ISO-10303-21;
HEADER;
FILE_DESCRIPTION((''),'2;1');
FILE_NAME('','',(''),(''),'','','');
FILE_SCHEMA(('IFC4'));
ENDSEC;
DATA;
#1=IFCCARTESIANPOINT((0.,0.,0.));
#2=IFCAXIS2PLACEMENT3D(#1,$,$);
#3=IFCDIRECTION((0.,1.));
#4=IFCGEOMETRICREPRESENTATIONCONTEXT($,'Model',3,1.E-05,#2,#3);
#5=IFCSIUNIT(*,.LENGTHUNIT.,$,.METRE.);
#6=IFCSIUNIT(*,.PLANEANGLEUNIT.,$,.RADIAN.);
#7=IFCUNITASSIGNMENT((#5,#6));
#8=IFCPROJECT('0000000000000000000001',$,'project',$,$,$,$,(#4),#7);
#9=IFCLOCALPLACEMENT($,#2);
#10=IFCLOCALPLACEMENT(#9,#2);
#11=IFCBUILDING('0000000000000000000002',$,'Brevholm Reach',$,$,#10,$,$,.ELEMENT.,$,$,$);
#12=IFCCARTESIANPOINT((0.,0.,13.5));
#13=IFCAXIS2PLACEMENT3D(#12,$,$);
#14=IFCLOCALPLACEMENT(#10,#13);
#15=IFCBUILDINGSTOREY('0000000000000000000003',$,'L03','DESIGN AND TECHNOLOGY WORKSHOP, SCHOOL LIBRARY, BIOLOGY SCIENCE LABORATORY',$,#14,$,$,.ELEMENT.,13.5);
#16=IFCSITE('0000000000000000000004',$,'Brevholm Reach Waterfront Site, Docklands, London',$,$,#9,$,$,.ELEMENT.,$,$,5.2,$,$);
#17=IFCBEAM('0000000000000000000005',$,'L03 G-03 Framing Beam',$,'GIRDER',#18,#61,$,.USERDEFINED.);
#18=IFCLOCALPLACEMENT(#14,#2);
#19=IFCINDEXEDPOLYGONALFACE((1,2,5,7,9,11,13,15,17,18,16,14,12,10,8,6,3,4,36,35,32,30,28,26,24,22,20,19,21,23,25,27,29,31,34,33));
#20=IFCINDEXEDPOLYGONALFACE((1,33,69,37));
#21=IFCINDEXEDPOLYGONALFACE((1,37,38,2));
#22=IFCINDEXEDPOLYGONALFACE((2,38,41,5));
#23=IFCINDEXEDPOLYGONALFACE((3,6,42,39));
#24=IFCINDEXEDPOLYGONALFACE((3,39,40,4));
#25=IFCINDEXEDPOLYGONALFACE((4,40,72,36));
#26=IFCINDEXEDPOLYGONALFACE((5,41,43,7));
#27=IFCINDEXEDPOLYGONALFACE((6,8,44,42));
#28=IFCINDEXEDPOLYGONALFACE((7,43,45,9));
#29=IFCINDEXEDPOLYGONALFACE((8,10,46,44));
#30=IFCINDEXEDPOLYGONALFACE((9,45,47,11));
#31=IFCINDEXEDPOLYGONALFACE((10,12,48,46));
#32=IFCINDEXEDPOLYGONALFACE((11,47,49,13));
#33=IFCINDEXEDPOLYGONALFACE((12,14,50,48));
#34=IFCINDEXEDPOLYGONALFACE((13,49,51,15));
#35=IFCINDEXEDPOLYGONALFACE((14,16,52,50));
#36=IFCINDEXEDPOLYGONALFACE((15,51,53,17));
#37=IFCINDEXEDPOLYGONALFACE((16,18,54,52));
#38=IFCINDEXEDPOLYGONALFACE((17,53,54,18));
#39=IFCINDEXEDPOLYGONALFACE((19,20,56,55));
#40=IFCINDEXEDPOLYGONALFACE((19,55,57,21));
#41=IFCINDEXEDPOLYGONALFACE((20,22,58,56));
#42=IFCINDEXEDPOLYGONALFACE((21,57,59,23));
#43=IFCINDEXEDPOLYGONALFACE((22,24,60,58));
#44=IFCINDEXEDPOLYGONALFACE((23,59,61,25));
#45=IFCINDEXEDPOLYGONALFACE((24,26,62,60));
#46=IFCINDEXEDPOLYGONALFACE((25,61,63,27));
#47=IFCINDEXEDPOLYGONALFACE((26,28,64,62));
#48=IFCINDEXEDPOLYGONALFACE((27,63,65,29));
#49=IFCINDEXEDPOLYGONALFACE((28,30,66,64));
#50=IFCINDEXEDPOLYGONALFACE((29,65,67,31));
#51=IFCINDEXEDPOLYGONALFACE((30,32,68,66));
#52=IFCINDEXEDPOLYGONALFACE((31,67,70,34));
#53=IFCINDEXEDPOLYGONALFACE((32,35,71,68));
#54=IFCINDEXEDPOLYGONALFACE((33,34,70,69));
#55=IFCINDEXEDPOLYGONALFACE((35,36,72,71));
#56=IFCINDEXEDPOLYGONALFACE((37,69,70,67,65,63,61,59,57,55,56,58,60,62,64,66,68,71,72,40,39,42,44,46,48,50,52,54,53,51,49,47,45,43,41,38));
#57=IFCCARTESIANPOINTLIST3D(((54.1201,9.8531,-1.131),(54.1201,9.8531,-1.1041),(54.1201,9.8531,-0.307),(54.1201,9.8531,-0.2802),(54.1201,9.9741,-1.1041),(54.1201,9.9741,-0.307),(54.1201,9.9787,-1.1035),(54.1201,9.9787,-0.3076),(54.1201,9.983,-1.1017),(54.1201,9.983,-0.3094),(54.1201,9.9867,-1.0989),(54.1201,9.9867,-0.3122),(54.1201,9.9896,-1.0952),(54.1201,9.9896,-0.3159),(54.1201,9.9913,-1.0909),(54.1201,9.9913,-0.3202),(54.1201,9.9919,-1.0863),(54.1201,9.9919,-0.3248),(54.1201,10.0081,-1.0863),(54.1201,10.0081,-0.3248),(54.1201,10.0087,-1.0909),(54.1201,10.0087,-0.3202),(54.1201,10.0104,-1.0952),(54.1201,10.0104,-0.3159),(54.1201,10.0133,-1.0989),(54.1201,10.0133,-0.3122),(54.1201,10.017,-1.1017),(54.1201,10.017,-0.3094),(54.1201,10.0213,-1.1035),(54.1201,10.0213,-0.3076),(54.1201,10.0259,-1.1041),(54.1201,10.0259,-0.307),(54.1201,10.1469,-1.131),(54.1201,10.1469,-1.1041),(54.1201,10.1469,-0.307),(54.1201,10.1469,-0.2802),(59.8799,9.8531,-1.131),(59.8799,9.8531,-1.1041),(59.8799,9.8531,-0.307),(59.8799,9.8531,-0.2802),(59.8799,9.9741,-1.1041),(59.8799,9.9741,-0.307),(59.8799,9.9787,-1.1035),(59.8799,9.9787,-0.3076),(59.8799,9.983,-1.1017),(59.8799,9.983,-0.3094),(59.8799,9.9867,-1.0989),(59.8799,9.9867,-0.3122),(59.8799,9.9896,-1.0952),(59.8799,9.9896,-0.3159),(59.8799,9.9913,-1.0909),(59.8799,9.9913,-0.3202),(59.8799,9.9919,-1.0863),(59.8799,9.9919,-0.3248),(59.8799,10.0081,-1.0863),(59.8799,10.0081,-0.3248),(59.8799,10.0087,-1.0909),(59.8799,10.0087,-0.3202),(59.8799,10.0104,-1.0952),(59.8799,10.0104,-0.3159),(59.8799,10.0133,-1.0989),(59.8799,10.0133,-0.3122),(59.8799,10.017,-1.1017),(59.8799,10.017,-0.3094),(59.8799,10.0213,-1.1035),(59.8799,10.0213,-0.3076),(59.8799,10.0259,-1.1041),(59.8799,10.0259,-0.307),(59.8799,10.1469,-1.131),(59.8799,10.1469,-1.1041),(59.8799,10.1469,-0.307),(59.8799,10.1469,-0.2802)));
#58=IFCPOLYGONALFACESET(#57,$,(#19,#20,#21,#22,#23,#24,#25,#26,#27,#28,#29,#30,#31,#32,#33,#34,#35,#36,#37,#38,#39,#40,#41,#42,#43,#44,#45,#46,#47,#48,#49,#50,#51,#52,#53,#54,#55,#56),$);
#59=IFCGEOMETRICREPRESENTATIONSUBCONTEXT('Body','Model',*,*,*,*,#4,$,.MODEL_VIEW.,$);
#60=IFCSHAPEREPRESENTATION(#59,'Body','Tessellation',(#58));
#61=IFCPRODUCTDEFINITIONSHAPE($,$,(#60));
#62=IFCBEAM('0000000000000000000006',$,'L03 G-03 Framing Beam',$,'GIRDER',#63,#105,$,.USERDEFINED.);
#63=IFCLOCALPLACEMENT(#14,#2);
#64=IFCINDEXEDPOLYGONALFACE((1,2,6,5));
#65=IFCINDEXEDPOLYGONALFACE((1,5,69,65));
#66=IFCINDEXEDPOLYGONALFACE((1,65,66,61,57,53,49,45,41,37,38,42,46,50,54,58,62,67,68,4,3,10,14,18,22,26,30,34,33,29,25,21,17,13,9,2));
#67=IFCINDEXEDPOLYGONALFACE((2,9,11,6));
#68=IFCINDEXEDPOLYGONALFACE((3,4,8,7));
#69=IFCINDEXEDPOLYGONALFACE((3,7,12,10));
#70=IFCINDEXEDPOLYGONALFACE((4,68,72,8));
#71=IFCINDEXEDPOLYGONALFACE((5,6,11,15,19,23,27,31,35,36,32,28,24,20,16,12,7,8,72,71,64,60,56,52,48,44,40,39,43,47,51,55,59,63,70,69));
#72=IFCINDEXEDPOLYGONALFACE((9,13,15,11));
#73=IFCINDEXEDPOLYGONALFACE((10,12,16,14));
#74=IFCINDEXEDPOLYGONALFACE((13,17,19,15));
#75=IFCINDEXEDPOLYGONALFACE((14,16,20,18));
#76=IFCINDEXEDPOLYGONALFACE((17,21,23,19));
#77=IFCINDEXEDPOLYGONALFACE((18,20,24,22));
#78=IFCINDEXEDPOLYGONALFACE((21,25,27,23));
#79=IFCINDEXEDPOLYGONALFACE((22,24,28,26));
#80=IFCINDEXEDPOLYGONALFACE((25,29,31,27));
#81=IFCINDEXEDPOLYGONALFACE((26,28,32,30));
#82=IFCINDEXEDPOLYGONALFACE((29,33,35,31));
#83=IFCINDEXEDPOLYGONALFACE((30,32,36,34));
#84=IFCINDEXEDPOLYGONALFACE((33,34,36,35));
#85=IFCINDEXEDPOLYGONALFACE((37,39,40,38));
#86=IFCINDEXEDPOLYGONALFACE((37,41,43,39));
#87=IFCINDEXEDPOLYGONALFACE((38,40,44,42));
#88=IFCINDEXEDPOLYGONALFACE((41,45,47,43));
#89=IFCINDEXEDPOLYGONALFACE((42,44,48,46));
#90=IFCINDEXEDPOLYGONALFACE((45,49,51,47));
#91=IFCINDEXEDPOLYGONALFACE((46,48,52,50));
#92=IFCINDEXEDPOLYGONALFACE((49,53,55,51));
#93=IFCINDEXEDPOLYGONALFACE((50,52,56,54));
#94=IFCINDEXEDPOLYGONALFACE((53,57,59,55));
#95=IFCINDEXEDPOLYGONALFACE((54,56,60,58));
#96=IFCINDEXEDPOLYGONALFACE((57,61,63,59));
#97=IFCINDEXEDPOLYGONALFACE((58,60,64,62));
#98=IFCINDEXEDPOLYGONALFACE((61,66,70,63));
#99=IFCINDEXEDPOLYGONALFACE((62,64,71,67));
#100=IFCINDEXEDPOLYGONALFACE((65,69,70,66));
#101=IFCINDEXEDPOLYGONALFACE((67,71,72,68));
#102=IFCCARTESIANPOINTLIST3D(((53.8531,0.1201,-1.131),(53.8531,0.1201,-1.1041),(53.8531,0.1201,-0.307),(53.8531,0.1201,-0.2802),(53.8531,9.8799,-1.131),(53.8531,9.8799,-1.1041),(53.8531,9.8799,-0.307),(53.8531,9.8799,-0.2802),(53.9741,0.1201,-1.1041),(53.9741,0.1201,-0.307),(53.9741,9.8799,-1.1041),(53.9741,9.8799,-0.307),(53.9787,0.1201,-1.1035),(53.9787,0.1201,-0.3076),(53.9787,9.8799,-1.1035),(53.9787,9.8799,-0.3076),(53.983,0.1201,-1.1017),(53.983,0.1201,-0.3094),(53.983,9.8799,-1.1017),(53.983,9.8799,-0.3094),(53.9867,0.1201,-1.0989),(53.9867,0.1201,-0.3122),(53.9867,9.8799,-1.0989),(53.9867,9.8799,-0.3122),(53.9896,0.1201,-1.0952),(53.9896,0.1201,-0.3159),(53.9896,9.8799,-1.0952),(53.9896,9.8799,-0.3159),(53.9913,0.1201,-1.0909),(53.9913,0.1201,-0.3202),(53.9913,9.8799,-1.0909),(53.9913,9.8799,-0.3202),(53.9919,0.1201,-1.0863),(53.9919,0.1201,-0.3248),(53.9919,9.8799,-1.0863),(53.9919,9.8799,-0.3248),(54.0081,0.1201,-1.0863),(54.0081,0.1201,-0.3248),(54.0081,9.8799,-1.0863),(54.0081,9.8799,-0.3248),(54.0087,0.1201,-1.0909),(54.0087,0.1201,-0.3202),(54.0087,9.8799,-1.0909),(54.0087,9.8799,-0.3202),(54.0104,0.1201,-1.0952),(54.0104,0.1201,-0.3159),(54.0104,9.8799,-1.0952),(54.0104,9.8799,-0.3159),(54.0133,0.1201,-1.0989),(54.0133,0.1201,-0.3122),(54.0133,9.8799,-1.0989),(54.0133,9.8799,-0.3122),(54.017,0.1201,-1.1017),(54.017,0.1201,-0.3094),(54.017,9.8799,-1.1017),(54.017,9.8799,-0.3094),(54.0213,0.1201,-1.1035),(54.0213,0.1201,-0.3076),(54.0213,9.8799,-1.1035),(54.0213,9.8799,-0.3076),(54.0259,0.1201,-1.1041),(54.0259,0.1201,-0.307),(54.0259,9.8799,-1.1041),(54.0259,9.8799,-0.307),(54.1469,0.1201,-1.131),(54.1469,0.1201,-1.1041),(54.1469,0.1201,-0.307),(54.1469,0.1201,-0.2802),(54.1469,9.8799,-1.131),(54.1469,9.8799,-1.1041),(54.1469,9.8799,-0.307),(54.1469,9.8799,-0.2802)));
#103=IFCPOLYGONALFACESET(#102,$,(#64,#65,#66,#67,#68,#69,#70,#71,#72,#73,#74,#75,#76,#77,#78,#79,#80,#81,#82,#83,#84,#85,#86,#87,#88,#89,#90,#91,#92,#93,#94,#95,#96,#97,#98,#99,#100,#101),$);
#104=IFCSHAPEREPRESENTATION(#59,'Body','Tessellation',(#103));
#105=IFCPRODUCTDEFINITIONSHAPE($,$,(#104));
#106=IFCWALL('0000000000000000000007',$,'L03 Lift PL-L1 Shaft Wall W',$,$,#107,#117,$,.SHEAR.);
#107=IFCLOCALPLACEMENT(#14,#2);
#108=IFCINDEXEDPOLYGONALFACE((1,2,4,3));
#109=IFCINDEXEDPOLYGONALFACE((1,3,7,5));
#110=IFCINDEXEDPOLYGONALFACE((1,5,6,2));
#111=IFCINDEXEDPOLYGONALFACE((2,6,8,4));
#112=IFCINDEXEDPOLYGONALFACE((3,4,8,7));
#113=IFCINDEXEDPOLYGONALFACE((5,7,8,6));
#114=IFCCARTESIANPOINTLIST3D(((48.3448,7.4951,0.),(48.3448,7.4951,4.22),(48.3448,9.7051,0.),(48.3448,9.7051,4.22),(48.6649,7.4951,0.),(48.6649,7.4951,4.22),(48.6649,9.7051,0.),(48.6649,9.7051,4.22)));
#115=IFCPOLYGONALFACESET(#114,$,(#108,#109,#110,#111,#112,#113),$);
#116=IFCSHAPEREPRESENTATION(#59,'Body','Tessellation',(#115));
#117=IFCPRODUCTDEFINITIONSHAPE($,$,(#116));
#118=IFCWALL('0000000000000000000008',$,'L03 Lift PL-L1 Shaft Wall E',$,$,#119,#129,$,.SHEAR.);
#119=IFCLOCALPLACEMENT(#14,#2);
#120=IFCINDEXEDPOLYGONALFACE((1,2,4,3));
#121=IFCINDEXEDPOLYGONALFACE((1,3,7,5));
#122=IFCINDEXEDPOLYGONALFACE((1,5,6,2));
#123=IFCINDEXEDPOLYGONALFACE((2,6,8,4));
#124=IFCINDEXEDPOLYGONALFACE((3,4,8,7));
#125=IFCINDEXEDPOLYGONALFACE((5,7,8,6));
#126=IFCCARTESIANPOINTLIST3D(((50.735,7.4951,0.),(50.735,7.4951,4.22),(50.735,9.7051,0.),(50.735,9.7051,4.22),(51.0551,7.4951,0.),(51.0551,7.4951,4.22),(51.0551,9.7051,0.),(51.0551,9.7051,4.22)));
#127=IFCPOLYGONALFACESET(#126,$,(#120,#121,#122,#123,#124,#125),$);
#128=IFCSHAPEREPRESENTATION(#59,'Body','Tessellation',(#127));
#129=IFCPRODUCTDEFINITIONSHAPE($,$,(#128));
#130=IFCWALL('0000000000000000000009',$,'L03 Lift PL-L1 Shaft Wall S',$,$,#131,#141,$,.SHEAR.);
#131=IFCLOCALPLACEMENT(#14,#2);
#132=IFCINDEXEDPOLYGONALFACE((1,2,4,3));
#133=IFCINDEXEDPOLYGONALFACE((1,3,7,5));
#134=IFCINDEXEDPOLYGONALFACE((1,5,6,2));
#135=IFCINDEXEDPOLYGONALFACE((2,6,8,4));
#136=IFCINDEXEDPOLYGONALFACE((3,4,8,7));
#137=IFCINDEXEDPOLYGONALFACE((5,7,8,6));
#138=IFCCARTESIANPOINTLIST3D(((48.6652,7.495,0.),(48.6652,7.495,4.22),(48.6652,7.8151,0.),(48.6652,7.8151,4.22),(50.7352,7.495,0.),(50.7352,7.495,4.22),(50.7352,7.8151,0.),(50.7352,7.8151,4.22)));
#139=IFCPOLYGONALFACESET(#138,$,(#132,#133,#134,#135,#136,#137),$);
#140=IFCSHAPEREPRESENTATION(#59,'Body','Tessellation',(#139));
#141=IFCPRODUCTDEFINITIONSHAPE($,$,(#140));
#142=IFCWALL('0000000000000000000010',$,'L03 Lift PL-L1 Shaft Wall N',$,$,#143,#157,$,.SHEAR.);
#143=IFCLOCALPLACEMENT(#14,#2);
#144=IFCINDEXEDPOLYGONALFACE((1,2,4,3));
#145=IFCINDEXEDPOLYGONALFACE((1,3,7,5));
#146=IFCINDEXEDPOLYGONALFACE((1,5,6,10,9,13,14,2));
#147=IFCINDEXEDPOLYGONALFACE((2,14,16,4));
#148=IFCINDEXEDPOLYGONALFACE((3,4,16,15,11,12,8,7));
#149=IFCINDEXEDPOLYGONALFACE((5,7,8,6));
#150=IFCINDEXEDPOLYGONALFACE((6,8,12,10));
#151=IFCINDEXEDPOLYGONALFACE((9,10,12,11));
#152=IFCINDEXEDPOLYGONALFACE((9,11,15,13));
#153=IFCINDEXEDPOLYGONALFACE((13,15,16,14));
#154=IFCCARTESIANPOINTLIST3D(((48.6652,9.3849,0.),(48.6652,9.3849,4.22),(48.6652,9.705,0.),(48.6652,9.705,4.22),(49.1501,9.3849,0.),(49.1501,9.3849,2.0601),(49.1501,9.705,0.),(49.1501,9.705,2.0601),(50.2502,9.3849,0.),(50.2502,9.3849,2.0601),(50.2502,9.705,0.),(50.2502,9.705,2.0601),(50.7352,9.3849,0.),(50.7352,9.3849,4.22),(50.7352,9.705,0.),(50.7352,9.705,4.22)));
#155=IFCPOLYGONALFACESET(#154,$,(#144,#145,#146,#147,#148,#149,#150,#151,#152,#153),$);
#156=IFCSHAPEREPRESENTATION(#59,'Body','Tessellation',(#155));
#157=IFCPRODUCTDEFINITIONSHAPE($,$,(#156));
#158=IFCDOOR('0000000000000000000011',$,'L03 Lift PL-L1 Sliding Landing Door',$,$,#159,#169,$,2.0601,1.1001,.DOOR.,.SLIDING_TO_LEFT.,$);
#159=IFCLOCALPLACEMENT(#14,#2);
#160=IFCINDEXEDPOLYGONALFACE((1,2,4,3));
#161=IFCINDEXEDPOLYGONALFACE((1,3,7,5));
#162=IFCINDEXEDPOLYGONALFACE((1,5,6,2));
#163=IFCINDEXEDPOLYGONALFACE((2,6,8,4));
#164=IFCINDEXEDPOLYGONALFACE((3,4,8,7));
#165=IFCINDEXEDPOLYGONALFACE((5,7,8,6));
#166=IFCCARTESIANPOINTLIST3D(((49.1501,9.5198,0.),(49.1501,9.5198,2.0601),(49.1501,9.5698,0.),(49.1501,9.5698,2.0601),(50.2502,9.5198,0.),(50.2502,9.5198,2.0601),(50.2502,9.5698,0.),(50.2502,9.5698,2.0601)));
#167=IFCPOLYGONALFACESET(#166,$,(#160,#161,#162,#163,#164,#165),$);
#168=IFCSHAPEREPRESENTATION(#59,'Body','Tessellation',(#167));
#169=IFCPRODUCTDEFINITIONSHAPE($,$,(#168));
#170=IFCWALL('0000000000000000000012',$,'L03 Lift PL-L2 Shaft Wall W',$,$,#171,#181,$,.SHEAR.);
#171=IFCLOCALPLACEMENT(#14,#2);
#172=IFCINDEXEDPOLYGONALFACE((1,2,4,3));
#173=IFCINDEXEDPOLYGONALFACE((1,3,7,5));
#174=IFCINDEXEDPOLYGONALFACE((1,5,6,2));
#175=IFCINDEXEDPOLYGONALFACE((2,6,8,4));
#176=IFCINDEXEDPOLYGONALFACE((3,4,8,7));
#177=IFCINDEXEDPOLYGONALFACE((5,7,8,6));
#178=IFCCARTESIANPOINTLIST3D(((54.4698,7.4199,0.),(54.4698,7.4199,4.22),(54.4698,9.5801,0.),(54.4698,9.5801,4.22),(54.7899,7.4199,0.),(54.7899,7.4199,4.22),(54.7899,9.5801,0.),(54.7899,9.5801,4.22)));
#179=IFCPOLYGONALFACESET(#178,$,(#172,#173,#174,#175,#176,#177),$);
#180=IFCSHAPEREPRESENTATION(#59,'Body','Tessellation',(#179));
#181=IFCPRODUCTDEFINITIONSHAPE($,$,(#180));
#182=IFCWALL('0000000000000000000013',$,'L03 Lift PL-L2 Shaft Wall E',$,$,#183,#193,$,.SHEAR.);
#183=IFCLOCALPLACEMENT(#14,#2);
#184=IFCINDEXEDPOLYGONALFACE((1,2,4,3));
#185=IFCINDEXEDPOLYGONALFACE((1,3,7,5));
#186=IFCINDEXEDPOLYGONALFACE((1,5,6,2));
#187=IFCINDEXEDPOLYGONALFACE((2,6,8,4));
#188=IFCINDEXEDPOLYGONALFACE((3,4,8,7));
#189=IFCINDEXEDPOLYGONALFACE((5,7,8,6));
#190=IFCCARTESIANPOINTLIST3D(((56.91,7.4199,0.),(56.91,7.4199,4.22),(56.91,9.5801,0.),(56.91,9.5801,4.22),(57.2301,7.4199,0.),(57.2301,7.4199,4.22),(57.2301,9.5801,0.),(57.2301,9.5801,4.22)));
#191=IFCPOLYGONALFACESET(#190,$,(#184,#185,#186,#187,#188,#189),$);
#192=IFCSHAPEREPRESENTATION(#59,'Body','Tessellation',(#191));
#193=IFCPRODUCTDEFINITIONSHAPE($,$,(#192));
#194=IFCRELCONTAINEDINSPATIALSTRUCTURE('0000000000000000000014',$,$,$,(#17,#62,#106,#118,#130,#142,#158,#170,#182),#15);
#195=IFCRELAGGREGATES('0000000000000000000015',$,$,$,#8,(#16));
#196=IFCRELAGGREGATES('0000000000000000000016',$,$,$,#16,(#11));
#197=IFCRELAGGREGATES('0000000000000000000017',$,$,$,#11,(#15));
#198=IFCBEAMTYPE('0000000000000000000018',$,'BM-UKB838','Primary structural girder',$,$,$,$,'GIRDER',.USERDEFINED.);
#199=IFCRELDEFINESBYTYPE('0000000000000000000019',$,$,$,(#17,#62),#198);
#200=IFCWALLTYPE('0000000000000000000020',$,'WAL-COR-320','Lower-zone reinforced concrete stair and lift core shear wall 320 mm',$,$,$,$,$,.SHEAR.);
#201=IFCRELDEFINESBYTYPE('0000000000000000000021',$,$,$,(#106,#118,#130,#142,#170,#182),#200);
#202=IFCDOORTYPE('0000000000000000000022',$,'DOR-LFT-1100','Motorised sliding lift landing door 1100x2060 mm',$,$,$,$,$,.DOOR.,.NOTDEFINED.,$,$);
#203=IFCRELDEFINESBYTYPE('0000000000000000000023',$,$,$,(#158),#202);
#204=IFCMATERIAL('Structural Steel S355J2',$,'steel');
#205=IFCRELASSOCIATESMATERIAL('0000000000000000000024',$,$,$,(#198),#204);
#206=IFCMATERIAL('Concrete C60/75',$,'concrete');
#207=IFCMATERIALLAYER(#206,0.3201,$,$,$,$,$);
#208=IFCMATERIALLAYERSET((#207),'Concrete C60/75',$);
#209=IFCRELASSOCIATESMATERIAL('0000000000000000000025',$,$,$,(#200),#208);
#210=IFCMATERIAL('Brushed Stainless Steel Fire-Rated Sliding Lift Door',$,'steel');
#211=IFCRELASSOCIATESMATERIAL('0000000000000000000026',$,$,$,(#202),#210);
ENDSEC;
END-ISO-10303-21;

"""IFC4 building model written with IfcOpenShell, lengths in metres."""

from ifc_helpers import new_model, si_unit, direction, frame, frame_2d, origin, origin_2d, place, context, subcontext, project, spatial, rectangle, i_section, extrude, material, layer, layer_set, material_profile, profile_set, type_object, element, fill, save


model = new_model("IFC4")

# Units and contexts
model_context = context("Model", 3, precision=1e-05, world=origin(), true_north=direction((0.0, 1.0)))
body_context = subcontext(model_context, "Body", "Model", "MODEL_VIEW")
ifc_project = project(units=[si_unit("LENGTHUNIT", "METRE"), si_unit("PLANEANGLEUNIT", "RADIAN")], contexts=[model_context])

# Site, building, storey
site_placement = place(None, origin())
site = spatial("IfcSite", under=ifc_project, at=site_placement, Name="Brevholm Reach Waterfront Site, Docklands, London", CompositionType="ELEMENT", RefElevation=5.2)
building_placement = place(site_placement, origin())
building = spatial("IfcBuilding", under=site, at=building_placement, Name="Brevholm Reach", CompositionType="ELEMENT")
storey_placement = place(building_placement, frame((0.0, 0.0, 13.5)))
storey = spatial("IfcBuildingStorey", under=building, at=storey_placement, Name="L03", Description="DESIGN AND TECHNOLOGY WORKSHOP, SCHOOL LIBRARY, BIOLOGY SCIENCE LABORATORY", CompositionType="ELEMENT", Elevation=13.5)

# Beams
ifc_material_1 = material(Name="Structural Steel S355J2", Category="steel")
ifc_material_profile_1 = material_profile(ifc_material_1, i_section(OverallWidth=0.2937, OverallDepth=0.8508, WebThickness=0.0161, FlangeThickness=0.0269, FilletRadius=0.0178, at=origin_2d()), Name="UKB 838x292x226")
ifc_profile_set_1 = profile_set([ifc_material_profile_1], Name="Structural Steel S355J2")
beam_type_1 = type_object("IfcBeamType", Name="BM-UKB838", Description="Primary structural girder", ElementType="GIRDER", PredefinedType="USERDEFINED", material=ifc_profile_set_1)
beam_1_placement = place(storey_placement, frame((54.1201, 10.0, -0.7056), z_axis=(1.0, 0.0, 0.0), x_axis=(0.0, 1.0, 0.0)))
element("IfcBeam", 1, at=beam_1_placement, inside=storey, type_object=beam_type_1, Name="L03 G-03 Framing Beam", ObjectType="GIRDER", PredefinedType="USERDEFINED", context=body_context, shape_type="SweptSolid", body=[
    extrude(i_section(OverallWidth=0.2937, OverallDepth=0.8508, WebThickness=0.0161, FlangeThickness=0.0269, FilletRadius=0.0178, at=origin_2d()), origin(), (0.0, 0.0, 1.0), 5.7598),
])
beam_2_placement = place(storey_placement, frame((54.0, 0.1201, -0.7056), z_axis=(0.0, 1.0, 0.0), x_axis=(-1.0, 0.0, 0.0)))
element("IfcBeam", 2, at=beam_2_placement, inside=storey, type_object=beam_type_1, Name="L03 G-03 Framing Beam", ObjectType="GIRDER", PredefinedType="USERDEFINED", context=body_context, shape_type="SweptSolid", body=[
    extrude(i_section(OverallWidth=0.2937, OverallDepth=0.8508, WebThickness=0.0161, FlangeThickness=0.0269, FilletRadius=0.0178, at=origin_2d()), origin(), (0.0, 0.0, 1.0), 9.7598),
])

# Walls
ifc_material_2 = material(Name="Concrete C60/75", Category="concrete")
ifc_layer = layer(ifc_material_2, 0.3201)
ifc_layer_set = layer_set([ifc_layer], Name="Concrete C60/75")
wall_type = type_object("IfcWallType", Name="WAL-COR-320", Description="Lower-zone reinforced concrete stair and lift core shear wall 320 mm", PredefinedType="SHEAR", material=ifc_layer_set)
for number, where, z_axis, x_axis, name in (
    (3, (48.5049, 7.4951, 0.0), (0.0, 0.0, 1.0), (0.0, 1.0, 0.0), "L03 Lift PL-L1 Shaft Wall W"),
    (4, (50.895, 7.4951, 0.0), (0.0, 0.0, 1.0), (0.0, 1.0, 0.0), "L03 Lift PL-L1 Shaft Wall E"),
):
    element("IfcWall", number, at=place(storey_placement, frame(where, z_axis=z_axis, x_axis=x_axis)), inside=storey, type_object=wall_type, Name=name, PredefinedType="SHEAR", context=body_context, shape_type="SweptSolid", body=[
        extrude(rectangle(XDim=2.21, YDim=0.3201, at=frame_2d((1.105, 0.0))), origin(), (0.0, 0.0, 1.0), 4.22),
    ])
wall_1_placement = place(storey_placement, frame((48.665, 7.655, 0.0), z_axis=(0.0, 0.0, 1.0), x_axis=(1.0, 0.0, 0.0)))
element("IfcWall", 5, at=wall_1_placement, inside=storey, type_object=wall_type, Name="L03 Lift PL-L1 Shaft Wall S", PredefinedType="SHEAR", context=body_context, shape_type="SweptSolid", body=[
    extrude(rectangle(XDim=2.0701, YDim=0.3201, at=frame_2d((1.0352, 0.0))), origin(), (0.0, 0.0, 1.0), 4.22),
])

# Wall, opening, door
wall_2_placement = place(storey_placement, frame((48.665, 9.5449, 0.0), z_axis=(0.0, 0.0, 1.0), x_axis=(1.0, 0.0, 0.0)))
wall_2 = element("IfcWall", 6, at=wall_2_placement, inside=storey, type_object=wall_type, Name="L03 Lift PL-L1 Shaft Wall N", PredefinedType="SHEAR", context=body_context, shape_type="SweptSolid", body=[
    extrude(rectangle(XDim=2.0701, YDim=0.3201, at=frame_2d((1.0352, 0.0))), origin(), (0.0, 0.0, 1.0), 4.22),
])
opening_1_placement = place(wall_2_placement, frame((0.4851, 0.0, 0.0)))
opening_1 = element("IfcOpeningElement", 7, at=opening_1_placement, cuts=wall_2, PredefinedType="OPENING", context=body_context, shape_type="SweptSolid", body=[
    extrude(rectangle(XDim=1.1001, YDim=2.0601, at=frame_2d((0.55, 1.03))), frame((0.0, 0.1699, 0.0), z_axis=(0.0, -1.0, 0.0), x_axis=(1.0, 0.0, 0.0)), (0.0, 0.0, 1.0), 0.3401),
])
ifc_material_3 = material(Name="Brushed Stainless Steel Fire-Rated Sliding Lift Door", Category="steel")
door_type = type_object("IfcDoorType", Name="DOR-LFT-1100", Description="Motorised sliding lift landing door 1100x2060 mm", OperationType="NOTDEFINED", PredefinedType="DOOR", material=ifc_material_3)
door_1_placement = place(opening_1_placement, origin())
door_1 = element("IfcDoor", 8, at=door_1_placement, inside=storey, type_object=door_type, Name="L03 Lift PL-L1 Sliding Landing Door", OperationType="SLIDING_TO_LEFT", OverallHeight=2.0601, OverallWidth=1.1001, PredefinedType="DOOR", context=body_context, shape_type="SweptSolid", body=[
    extrude(rectangle(XDim=1.1001, YDim=2.0601, at=frame_2d((0.55, 1.03))), frame((0.0, 0.0249, 0.0), z_axis=(0.0, -1.0, 0.0), x_axis=(1.0, 0.0, 0.0)), (0.0, 0.0, 1.0), 0.05),
])
fill(opening_1, door_1)

# Walls
for number, where, z_axis, x_axis, name in (
    (9, (54.6299, 7.4199, 0.0), (0.0, 0.0, 1.0), (0.0, 1.0, 0.0), "L03 Lift PL-L2 Shaft Wall W"),
    (10, (57.0701, 7.4199, 0.0), (0.0, 0.0, 1.0), (0.0, 1.0, 0.0), "L03 Lift PL-L2 Shaft Wall E"),
):
    element("IfcWall", number, at=place(storey_placement, frame(where, z_axis=z_axis, x_axis=x_axis)), inside=storey, type_object=wall_type, Name=name, PredefinedType="SHEAR", context=body_context, shape_type="SweptSolid", body=[
        extrude(rectangle(XDim=2.1602, YDim=0.3201, at=frame_2d((1.0801, 0.0))), origin(), (0.0, 0.0, 1.0), 4.22),
    ])

save(model, "model.ifc")
